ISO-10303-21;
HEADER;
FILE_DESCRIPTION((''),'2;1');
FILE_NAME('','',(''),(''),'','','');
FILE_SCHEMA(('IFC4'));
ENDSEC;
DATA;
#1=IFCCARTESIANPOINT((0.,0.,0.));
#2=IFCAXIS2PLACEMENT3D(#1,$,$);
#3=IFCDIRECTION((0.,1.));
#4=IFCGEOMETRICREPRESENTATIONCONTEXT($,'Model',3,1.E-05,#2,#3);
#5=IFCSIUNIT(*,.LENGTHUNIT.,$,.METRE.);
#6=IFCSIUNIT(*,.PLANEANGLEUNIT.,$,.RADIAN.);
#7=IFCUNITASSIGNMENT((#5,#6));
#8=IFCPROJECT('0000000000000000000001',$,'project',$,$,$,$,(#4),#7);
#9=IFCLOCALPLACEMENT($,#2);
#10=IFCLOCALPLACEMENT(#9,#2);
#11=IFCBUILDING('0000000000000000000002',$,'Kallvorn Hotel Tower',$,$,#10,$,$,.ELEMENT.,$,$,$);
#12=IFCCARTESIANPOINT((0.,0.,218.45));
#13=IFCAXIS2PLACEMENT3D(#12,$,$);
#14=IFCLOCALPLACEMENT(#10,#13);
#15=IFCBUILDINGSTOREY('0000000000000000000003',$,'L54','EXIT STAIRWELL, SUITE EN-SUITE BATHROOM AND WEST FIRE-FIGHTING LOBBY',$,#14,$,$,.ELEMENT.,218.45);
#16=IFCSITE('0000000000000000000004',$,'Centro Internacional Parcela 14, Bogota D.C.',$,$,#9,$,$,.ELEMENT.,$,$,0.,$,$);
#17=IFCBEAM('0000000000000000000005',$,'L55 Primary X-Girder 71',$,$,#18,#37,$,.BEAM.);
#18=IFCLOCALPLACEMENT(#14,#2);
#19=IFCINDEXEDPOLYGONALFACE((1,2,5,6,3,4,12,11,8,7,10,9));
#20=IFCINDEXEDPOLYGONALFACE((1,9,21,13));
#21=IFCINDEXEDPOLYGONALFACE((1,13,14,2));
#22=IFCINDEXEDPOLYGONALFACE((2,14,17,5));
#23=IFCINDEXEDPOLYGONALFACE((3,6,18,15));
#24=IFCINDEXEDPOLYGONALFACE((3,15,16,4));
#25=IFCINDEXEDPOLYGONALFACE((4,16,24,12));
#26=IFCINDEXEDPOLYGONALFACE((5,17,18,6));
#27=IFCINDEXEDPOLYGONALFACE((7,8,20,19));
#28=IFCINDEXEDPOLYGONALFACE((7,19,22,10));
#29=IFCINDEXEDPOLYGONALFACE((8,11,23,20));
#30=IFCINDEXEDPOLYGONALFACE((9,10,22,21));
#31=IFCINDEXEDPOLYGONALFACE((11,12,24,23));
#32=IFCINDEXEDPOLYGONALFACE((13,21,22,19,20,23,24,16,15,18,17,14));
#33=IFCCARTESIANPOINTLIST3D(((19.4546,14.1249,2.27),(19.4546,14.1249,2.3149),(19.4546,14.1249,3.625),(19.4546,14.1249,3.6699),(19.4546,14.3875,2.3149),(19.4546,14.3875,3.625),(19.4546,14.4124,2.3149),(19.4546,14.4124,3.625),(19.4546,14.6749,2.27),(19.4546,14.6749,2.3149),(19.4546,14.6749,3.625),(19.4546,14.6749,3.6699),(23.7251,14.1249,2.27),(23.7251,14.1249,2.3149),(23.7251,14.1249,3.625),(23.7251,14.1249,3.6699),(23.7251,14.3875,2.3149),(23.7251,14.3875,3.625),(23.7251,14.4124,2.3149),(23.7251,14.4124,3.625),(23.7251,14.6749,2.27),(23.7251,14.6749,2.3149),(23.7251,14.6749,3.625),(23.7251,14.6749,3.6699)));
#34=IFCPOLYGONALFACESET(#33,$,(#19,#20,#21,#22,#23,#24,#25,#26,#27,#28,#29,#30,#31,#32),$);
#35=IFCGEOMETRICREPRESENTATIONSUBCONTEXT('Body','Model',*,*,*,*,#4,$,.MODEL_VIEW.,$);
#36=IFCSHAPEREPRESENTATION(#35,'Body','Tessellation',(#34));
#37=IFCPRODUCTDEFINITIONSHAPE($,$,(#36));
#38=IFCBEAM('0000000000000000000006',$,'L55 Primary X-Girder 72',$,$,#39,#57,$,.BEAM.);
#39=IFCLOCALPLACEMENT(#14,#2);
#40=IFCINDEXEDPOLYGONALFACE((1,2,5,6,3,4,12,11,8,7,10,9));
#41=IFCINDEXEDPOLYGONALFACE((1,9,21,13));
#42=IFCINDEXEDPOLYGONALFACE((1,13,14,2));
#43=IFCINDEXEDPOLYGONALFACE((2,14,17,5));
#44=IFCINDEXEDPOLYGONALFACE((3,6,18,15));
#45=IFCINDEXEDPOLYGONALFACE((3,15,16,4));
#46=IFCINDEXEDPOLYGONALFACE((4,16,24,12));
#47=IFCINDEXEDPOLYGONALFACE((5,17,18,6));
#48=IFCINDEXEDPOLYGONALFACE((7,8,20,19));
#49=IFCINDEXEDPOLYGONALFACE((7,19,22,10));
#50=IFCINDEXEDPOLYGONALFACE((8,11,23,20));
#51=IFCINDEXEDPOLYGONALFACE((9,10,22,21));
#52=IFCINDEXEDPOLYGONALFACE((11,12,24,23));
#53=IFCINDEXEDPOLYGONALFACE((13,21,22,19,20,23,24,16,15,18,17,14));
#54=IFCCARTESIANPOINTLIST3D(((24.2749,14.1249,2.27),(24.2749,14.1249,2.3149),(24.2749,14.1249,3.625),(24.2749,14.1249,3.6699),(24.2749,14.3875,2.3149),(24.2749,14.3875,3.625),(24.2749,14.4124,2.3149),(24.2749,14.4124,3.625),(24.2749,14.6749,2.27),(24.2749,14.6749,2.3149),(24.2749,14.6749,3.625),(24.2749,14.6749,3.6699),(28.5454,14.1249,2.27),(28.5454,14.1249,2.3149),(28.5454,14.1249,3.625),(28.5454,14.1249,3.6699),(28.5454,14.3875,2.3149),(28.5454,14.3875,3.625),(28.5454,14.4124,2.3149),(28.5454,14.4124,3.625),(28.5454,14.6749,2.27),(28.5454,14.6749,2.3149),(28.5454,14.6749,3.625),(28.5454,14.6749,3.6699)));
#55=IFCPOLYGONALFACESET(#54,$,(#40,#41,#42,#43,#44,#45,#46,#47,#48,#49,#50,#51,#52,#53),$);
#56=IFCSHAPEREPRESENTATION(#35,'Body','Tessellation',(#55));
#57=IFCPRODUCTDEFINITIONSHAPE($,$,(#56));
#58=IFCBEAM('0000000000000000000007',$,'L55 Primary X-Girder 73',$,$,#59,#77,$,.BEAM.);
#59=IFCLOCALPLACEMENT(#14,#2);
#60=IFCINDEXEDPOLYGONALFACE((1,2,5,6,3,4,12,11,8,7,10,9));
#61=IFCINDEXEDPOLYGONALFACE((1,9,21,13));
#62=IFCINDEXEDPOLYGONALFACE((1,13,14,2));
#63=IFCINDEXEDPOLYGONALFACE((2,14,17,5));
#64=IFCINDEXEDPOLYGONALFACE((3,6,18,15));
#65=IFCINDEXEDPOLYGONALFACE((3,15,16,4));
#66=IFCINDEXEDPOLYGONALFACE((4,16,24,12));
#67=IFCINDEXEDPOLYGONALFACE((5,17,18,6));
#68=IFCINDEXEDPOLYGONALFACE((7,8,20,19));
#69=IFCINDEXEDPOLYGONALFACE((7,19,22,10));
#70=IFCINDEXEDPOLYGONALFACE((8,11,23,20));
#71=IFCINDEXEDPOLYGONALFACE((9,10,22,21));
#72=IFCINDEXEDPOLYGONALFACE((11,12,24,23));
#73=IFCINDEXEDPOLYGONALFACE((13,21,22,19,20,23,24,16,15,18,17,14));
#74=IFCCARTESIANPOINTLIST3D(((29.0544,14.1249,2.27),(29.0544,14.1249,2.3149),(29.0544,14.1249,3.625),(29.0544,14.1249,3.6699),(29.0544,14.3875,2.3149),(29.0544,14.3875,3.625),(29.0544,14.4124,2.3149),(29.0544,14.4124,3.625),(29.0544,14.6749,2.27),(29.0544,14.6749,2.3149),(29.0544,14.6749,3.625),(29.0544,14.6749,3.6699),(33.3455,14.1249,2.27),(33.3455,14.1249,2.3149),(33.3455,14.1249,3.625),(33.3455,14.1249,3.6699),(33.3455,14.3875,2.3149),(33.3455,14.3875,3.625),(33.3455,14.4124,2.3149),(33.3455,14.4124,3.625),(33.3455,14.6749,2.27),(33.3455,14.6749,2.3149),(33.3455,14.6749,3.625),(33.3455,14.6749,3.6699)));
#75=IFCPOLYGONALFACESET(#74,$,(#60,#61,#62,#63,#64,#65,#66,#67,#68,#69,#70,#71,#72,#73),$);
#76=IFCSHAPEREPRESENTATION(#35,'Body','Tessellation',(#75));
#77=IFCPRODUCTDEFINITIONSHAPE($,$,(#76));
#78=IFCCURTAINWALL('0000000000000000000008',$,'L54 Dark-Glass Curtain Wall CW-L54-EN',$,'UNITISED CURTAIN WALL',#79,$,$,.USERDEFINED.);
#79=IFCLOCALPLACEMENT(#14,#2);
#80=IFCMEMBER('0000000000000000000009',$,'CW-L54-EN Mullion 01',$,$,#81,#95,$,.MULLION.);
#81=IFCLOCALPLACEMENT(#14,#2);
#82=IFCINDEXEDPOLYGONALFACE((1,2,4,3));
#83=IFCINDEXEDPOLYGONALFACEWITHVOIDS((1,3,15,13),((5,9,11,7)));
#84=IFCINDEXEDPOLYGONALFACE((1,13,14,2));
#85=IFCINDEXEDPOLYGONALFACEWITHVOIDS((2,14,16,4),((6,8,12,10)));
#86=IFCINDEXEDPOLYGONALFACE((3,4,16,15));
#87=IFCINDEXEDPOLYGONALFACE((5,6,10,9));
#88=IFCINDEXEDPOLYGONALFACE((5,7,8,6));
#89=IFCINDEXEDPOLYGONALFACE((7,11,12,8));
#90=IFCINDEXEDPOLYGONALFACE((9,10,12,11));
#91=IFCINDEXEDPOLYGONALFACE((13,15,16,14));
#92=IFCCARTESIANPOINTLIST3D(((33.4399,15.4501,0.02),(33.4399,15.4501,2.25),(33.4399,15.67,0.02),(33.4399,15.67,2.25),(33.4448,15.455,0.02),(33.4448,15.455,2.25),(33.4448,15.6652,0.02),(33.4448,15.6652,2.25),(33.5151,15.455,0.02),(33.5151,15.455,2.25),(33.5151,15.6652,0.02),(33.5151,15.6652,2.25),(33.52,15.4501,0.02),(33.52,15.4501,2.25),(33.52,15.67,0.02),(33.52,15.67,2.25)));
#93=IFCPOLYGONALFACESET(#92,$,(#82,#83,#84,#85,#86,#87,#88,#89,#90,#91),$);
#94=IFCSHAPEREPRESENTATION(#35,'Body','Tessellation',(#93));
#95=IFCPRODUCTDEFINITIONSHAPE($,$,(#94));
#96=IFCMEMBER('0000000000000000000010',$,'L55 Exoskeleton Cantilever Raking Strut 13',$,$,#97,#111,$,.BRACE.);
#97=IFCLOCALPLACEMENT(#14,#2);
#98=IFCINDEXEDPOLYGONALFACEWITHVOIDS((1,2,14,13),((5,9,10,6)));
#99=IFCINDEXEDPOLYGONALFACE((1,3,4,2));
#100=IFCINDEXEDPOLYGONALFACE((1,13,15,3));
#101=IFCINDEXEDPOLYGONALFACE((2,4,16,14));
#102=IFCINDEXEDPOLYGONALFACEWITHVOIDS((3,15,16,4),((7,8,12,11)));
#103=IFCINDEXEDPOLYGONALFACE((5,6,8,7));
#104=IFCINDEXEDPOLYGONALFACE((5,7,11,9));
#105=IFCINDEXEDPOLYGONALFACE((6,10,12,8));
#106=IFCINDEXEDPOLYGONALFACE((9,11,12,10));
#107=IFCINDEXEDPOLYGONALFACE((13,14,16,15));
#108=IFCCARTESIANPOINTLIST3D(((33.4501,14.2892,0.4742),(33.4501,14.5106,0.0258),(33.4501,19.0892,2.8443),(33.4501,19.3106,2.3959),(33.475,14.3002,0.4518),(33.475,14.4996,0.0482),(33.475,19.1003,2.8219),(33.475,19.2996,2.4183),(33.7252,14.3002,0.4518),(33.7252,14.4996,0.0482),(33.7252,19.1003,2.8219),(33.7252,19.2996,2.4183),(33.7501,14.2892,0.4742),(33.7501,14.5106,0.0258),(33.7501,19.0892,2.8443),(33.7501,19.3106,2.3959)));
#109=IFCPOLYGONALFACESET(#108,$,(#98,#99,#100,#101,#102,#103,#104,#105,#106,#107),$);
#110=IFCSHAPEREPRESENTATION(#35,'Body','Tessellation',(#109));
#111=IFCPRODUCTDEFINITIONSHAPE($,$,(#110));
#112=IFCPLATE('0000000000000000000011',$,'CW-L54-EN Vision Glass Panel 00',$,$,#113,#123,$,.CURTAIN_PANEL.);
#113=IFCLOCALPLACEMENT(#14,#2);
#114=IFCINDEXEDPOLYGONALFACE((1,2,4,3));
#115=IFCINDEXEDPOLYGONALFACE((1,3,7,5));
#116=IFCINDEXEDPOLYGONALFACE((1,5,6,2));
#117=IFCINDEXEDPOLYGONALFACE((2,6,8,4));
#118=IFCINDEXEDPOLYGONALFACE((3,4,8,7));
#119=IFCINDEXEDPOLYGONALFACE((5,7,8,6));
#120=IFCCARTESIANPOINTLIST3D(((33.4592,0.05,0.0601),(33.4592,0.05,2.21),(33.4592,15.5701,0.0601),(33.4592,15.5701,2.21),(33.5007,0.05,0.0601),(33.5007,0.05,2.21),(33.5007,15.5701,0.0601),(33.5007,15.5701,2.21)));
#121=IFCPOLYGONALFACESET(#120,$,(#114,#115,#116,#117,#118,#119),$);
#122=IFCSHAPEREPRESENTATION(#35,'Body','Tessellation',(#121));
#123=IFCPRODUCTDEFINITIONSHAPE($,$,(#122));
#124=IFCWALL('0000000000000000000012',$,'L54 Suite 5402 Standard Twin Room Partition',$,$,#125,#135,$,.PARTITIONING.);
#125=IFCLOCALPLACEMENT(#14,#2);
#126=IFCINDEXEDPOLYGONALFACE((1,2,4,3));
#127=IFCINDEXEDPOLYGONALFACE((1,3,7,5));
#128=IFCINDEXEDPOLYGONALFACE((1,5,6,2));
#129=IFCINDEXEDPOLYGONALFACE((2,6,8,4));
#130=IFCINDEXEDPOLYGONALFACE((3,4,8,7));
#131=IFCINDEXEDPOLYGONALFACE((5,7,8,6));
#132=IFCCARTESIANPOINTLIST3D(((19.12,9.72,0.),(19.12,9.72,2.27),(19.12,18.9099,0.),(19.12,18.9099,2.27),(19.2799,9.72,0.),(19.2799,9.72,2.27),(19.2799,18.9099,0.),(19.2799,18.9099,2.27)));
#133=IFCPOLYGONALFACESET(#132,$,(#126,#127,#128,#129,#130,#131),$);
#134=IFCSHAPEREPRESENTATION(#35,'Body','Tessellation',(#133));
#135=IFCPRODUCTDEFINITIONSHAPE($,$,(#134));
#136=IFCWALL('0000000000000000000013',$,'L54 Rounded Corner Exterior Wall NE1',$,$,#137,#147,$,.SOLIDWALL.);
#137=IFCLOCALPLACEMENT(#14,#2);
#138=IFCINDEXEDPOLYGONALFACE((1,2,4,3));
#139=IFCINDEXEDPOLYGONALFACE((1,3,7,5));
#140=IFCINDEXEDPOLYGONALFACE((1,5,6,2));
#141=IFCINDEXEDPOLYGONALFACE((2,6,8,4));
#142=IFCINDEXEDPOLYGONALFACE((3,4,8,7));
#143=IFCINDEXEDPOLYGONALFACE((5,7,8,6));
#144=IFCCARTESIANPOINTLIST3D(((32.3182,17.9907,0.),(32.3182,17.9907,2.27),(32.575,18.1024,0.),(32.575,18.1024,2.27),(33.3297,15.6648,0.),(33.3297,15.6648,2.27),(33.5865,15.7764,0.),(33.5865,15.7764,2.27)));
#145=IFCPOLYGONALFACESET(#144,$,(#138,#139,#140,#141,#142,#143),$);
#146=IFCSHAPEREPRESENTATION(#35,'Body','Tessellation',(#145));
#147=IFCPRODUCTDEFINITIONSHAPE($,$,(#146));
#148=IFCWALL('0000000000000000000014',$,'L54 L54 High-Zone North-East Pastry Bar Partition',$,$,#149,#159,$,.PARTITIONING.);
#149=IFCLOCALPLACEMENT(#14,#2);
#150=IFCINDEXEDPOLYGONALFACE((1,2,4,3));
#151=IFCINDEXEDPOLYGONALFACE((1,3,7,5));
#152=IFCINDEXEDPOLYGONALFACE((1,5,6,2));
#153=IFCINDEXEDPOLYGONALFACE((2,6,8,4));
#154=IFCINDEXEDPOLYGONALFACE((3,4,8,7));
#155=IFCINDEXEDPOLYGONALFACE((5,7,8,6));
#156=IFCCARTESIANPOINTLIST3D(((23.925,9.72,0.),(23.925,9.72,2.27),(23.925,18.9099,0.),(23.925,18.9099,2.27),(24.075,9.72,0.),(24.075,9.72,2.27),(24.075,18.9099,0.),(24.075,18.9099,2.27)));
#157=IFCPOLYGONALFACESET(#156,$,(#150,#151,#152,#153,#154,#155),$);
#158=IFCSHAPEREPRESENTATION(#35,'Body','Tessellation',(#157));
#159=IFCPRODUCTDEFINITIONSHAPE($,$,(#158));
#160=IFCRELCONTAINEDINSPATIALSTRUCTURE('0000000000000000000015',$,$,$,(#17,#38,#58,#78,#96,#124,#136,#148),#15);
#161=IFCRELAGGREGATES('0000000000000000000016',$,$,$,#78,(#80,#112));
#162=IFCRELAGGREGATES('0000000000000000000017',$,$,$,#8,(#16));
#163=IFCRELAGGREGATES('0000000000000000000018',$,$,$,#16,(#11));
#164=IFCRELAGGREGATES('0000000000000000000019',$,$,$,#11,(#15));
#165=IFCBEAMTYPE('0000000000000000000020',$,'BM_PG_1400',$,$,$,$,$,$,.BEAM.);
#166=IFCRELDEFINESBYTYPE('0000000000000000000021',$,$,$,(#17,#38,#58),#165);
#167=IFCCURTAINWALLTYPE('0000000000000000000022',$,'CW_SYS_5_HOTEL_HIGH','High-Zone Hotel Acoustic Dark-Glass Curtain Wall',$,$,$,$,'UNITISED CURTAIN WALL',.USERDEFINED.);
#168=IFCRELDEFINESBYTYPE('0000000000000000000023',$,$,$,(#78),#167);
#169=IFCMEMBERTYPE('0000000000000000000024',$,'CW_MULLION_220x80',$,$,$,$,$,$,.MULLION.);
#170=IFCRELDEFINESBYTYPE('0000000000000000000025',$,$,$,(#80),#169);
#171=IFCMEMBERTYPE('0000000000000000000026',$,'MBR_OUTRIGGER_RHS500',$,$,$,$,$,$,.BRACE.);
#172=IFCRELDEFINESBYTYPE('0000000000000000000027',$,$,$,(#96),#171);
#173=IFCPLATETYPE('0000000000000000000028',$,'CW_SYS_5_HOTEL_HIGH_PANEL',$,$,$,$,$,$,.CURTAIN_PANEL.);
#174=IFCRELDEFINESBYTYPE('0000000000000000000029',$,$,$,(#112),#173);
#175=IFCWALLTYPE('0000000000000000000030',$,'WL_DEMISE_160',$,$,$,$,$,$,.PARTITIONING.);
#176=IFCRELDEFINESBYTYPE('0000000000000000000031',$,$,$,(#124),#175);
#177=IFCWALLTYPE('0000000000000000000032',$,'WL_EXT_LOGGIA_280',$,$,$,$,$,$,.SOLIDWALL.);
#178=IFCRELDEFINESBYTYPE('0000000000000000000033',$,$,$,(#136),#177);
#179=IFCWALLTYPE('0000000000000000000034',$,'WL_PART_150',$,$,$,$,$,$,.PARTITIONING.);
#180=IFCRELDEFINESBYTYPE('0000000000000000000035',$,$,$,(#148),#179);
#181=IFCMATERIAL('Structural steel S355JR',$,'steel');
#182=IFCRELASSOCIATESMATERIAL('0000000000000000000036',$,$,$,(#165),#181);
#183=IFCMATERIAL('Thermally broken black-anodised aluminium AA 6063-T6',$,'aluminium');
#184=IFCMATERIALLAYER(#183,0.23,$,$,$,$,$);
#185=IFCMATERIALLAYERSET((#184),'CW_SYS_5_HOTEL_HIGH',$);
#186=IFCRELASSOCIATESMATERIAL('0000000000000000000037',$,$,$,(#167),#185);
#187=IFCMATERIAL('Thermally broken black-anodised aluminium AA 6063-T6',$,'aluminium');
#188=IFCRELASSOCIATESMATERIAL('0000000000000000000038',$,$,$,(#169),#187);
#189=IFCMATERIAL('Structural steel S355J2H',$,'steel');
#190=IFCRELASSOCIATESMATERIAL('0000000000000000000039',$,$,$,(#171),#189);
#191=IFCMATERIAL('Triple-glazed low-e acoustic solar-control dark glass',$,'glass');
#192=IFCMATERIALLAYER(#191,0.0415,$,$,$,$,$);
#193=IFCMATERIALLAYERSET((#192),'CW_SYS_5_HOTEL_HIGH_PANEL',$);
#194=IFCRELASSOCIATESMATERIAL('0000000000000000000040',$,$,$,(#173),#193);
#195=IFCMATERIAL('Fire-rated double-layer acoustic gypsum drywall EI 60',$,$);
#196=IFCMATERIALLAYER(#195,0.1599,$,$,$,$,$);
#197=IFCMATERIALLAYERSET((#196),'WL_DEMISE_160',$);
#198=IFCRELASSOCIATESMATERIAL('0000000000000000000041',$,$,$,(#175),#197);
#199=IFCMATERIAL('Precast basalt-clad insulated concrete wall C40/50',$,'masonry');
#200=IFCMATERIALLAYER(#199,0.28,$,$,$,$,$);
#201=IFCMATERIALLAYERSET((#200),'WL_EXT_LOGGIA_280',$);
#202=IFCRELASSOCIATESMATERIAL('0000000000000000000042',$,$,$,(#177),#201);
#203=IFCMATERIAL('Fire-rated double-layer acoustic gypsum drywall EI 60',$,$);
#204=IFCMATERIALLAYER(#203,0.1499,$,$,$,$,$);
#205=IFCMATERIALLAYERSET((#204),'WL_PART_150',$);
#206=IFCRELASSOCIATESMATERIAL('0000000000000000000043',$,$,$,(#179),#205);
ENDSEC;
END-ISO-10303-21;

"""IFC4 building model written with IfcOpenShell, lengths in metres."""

from ifc_helpers import new_model, si_unit, direction, frame, frame_2d, origin, origin_2d, place, context, subcontext, project, spatial, rectangle, hollow_rectangle, i_section, extrude, material, layer, layer_set, material_profile, profile_set, type_object, element, aggregate, save


model = new_model("IFC4")

# Units and contexts
model_context = context("Model", 3, precision=1e-05, world=origin(), true_north=direction((0.0, 1.0)))
body_context = subcontext(model_context, "Body", "Model", "MODEL_VIEW")
ifc_project = project(units=[si_unit("LENGTHUNIT", "METRE"), si_unit("PLANEANGLEUNIT", "RADIAN")], contexts=[model_context])

# Site, building, storey
site_placement = place(None, origin())
site = spatial("IfcSite", under=ifc_project, at=site_placement, Name="Centro Internacional Parcela 14, Bogota D.C.", CompositionType="ELEMENT", RefElevation=0.0)
building_placement = place(site_placement, origin())
building = spatial("IfcBuilding", under=site, at=building_placement, Name="Kallvorn Hotel Tower", CompositionType="ELEMENT")
storey_placement = place(building_placement, frame((0.0, 0.0, 218.45)))
storey = spatial("IfcBuildingStorey", under=building, at=storey_placement, Name="L54", Description="EXIT STAIRWELL, SUITE EN-SUITE BATHROOM AND WEST FIRE-FIGHTING LOBBY", CompositionType="ELEMENT", Elevation=218.45)

# Beams
ifc_material_1 = material(Name="Structural steel S355JR", Category="steel")
ifc_material_profile_1 = material_profile(ifc_material_1, i_section(OverallWidth=0.55, OverallDepth=1.3999, WebThickness=0.0249, FlangeThickness=0.0449, at=origin_2d()), Name="PG 1400x550x25x45")
ifc_profile_set_1 = profile_set([ifc_material_profile_1], Name="Structural steel S355JR")
beam_type_1 = type_object("IfcBeamType", Name="BM_PG_1400", PredefinedType="BEAM", material=ifc_profile_set_1)
for number, where, z_axis, x_axis, name in (
    (1, (19.4546, 14.3999, 2.97), (1.0, 0.0, 0.0), (0.0, 1.0, 0.0), "L55 Primary X-Girder 71"),
    (2, (24.2749, 14.3999, 2.97), (1.0, 0.0, 0.0), (0.0, 1.0, 0.0), "L55 Primary X-Girder 72"),
):
    element("IfcBeam", number, at=place(storey_placement, frame(where, z_axis=z_axis, x_axis=x_axis)), inside=storey, type_object=beam_type_1, Name=name, PredefinedType="BEAM", context=body_context, shape_type="SweptSolid", body=[
        extrude(i_section(OverallWidth=0.55, OverallDepth=1.3999, WebThickness=0.0249, FlangeThickness=0.0449, at=origin_2d()), origin(), (0.0, 0.0, 1.0), 4.2705),
    ])
beam_1_placement = place(storey_placement, frame((29.0544, 14.3999, 2.97), z_axis=(1.0, 0.0, 0.0), x_axis=(0.0, 1.0, 0.0)))
element("IfcBeam", 3, at=beam_1_placement, inside=storey, type_object=beam_type_1, Name="L55 Primary X-Girder 73", PredefinedType="BEAM", context=body_context, shape_type="SweptSolid", body=[
    extrude(i_section(OverallWidth=0.55, OverallDepth=1.3999, WebThickness=0.0249, FlangeThickness=0.0449, at=origin_2d()), origin(), (0.0, 0.0, 1.0), 4.291),
])

# Curtain wall, member
ifc_material_2 = material(Name="Thermally broken black-anodised aluminium AA 6063-T6", Category="aluminium")
ifc_layer_1 = layer(ifc_material_2, 0.23)
ifc_layer_set_1 = layer_set([ifc_layer_1], Name="CW_SYS_5_HOTEL_HIGH")
curtain_wall_type = type_object("IfcCurtainWallType", Name="CW_SYS_5_HOTEL_HIGH", Description="High-Zone Hotel Acoustic Dark-Glass Curtain Wall", ElementType="UNITISED CURTAIN WALL", PredefinedType="USERDEFINED", material=ifc_layer_set_1)
curtain_wall_placement = place(storey_placement, origin())
curtain_wall = element("IfcCurtainWall", 4, at=curtain_wall_placement, inside=storey, type_object=curtain_wall_type, Name="L54 Dark-Glass Curtain Wall CW-L54-EN", ObjectType="UNITISED CURTAIN WALL", PredefinedType="USERDEFINED")
ifc_material_3 = material(Name="Thermally broken black-anodised aluminium AA 6063-T6", Category="aluminium")
ifc_material_profile_2 = material_profile(ifc_material_3, hollow_rectangle(XDim=0.0801, YDim=0.22, WallThickness=0.0049, at=origin_2d()), Name="MUL 220x80")
ifc_profile_set_2 = profile_set([ifc_material_profile_2], Name="Thermally broken black-anodised aluminium AA 6063-T6")
member_type_1 = type_object("IfcMemberType", Name="CW_MULLION_220x80", PredefinedType="MULLION", material=ifc_profile_set_2)
member_1_placement = place(storey_placement, frame((33.48, 15.5601, 0.02), z_axis=(0.0, 0.0, 1.0), x_axis=(1.0, 0.0, 0.0)))
member_1 = element("IfcMember", 5, at=member_1_placement, type_object=member_type_1, Name="CW-L54-EN Mullion 01", PredefinedType="MULLION", context=body_context, shape_type="SweptSolid", body=[
    extrude(hollow_rectangle(XDim=0.0801, YDim=0.22, WallThickness=0.0049, at=origin_2d()), origin(), (0.0, 0.0, 1.0), 2.23),
])

# Member
ifc_material_4 = material(Name="Structural steel S355J2H", Category="steel")
ifc_material_profile_3 = material_profile(ifc_material_4, hollow_rectangle(XDim=0.3, YDim=0.5, WallThickness=0.0249, at=origin_2d()), Name="RHS 500x300x25")
ifc_profile_set_3 = profile_set([ifc_material_profile_3], Name="Structural steel S355J2H")
member_type_2 = type_object("IfcMemberType", Name="MBR_OUTRIGGER_RHS500", PredefinedType="BRACE", material=ifc_profile_set_3)
member_2_placement = place(storey_placement, frame((33.6001, 14.3999, 0.25), z_axis=(0.0, 0.896651, 0.442739), x_axis=(-1.0, 0.0, 0.0)))
element("IfcMember", 6, at=member_2_placement, inside=storey, type_object=member_type_2, Name="L55 Exoskeleton Cantilever Raking Strut 13", PredefinedType="BRACE", context=body_context, shape_type="SweptSolid", body=[
    extrude(hollow_rectangle(XDim=0.3, YDim=0.5, WallThickness=0.0249, at=origin_2d()), origin(), (0.0, 0.0, 1.0), 5.3533),
])

# Plate
ifc_material_5 = material(Name="Triple-glazed low-e acoustic solar-control dark glass", Category="glass")
ifc_layer_2 = layer(ifc_material_5, 0.0415)
ifc_layer_set_2 = layer_set([ifc_layer_2], Name="CW_SYS_5_HOTEL_HIGH_PANEL")
plate_type = type_object("IfcPlateType", Name="CW_SYS_5_HOTEL_HIGH_PANEL", PredefinedType="CURTAIN_PANEL", material=ifc_layer_set_2)
plate_placement = place(storey_placement, frame((33.48, 7.8101, 0.0601), z_axis=(0.0, 0.0, 1.0), x_axis=(0.0, 1.0, 0.0)))
plate = element("IfcPlate", 7, at=plate_placement, type_object=plate_type, Name="CW-L54-EN Vision Glass Panel 00", PredefinedType="CURTAIN_PANEL", context=body_context, shape_type="SweptSolid", body=[
    extrude(rectangle(XDim=15.52, YDim=0.0415, at=origin_2d()), origin(), (0.0, 0.0, 1.0), 2.1499),
])
aggregate(curtain_wall, [member_1, plate])

# Walls
ifc_material_6 = material(Name="Fire-rated double-layer acoustic gypsum drywall EI 60")
ifc_layer_3 = layer(ifc_material_6, 0.1599)
ifc_layer_set_3 = layer_set([ifc_layer_3], Name="WL_DEMISE_160")
wall_type_1 = type_object("IfcWallType", Name="WL_DEMISE_160", PredefinedType="PARTITIONING", material=ifc_layer_set_3)
wall_1_placement = place(storey_placement, frame((19.2, 9.72, 0.0), z_axis=(0.0, 0.0, 1.0), x_axis=(0.0, 1.0, 0.0)))
element("IfcWall", 8, at=wall_1_placement, inside=storey, type_object=wall_type_1, Name="L54 Suite 5402 Standard Twin Room Partition", PredefinedType="PARTITIONING", context=body_context, shape_type="SweptSolid", body=[
    extrude(rectangle(XDim=9.1899, YDim=0.1599, at=frame_2d((4.595, 0.0))), origin(), (0.0, 0.0, 1.0), 2.27),
])
ifc_material_7 = material(Name="Precast basalt-clad insulated concrete wall C40/50", Category="masonry")
ifc_layer_4 = layer(ifc_material_7, 0.28)
ifc_layer_set_4 = layer_set([ifc_layer_4], Name="WL_EXT_LOGGIA_280")
wall_type_2 = type_object("IfcWallType", Name="WL_EXT_LOGGIA_280", PredefinedType="SOLIDWALL", material=ifc_layer_set_4)
wall_2_placement = place(storey_placement, frame((33.458, 15.7207, 0.0), z_axis=(0.0, 0.0, 1.0), x_axis=(-0.398793, 0.917041, 0.0)))
element("IfcWall", 9, at=wall_2_placement, inside=storey, type_object=wall_type_2, Name="L54 Rounded Corner Exterior Wall NE1", PredefinedType="SOLIDWALL", context=body_context, shape_type="SweptSolid", body=[
    extrude(rectangle(XDim=2.5364, YDim=0.28, at=frame_2d((1.2681, 0.0))), origin(), (0.0, 0.0, 1.0), 2.27),
])
ifc_material_8 = material(Name="Fire-rated double-layer acoustic gypsum drywall EI 60")
ifc_layer_5 = layer(ifc_material_8, 0.1499)
ifc_layer_set_5 = layer_set([ifc_layer_5], Name="WL_PART_150")
wall_type_3 = type_object("IfcWallType", Name="WL_PART_150", PredefinedType="PARTITIONING", material=ifc_layer_set_5)
wall_3_placement = place(storey_placement, frame((24.0, 9.72, 0.0), z_axis=(0.0, 0.0, 1.0), x_axis=(0.0, 1.0, 0.0)))
element("IfcWall", 10, at=wall_3_placement, inside=storey, type_object=wall_type_3, Name="L54 L54 High-Zone North-East Pastry Bar Partition", PredefinedType="PARTITIONING", context=body_context, shape_type="SweptSolid", body=[
    extrude(rectangle(XDim=9.1899, YDim=0.1499, at=frame_2d((4.595, 0.0))), origin(), (0.0, 0.0, 1.0), 2.27),
])

save(model, "model.ifc")
